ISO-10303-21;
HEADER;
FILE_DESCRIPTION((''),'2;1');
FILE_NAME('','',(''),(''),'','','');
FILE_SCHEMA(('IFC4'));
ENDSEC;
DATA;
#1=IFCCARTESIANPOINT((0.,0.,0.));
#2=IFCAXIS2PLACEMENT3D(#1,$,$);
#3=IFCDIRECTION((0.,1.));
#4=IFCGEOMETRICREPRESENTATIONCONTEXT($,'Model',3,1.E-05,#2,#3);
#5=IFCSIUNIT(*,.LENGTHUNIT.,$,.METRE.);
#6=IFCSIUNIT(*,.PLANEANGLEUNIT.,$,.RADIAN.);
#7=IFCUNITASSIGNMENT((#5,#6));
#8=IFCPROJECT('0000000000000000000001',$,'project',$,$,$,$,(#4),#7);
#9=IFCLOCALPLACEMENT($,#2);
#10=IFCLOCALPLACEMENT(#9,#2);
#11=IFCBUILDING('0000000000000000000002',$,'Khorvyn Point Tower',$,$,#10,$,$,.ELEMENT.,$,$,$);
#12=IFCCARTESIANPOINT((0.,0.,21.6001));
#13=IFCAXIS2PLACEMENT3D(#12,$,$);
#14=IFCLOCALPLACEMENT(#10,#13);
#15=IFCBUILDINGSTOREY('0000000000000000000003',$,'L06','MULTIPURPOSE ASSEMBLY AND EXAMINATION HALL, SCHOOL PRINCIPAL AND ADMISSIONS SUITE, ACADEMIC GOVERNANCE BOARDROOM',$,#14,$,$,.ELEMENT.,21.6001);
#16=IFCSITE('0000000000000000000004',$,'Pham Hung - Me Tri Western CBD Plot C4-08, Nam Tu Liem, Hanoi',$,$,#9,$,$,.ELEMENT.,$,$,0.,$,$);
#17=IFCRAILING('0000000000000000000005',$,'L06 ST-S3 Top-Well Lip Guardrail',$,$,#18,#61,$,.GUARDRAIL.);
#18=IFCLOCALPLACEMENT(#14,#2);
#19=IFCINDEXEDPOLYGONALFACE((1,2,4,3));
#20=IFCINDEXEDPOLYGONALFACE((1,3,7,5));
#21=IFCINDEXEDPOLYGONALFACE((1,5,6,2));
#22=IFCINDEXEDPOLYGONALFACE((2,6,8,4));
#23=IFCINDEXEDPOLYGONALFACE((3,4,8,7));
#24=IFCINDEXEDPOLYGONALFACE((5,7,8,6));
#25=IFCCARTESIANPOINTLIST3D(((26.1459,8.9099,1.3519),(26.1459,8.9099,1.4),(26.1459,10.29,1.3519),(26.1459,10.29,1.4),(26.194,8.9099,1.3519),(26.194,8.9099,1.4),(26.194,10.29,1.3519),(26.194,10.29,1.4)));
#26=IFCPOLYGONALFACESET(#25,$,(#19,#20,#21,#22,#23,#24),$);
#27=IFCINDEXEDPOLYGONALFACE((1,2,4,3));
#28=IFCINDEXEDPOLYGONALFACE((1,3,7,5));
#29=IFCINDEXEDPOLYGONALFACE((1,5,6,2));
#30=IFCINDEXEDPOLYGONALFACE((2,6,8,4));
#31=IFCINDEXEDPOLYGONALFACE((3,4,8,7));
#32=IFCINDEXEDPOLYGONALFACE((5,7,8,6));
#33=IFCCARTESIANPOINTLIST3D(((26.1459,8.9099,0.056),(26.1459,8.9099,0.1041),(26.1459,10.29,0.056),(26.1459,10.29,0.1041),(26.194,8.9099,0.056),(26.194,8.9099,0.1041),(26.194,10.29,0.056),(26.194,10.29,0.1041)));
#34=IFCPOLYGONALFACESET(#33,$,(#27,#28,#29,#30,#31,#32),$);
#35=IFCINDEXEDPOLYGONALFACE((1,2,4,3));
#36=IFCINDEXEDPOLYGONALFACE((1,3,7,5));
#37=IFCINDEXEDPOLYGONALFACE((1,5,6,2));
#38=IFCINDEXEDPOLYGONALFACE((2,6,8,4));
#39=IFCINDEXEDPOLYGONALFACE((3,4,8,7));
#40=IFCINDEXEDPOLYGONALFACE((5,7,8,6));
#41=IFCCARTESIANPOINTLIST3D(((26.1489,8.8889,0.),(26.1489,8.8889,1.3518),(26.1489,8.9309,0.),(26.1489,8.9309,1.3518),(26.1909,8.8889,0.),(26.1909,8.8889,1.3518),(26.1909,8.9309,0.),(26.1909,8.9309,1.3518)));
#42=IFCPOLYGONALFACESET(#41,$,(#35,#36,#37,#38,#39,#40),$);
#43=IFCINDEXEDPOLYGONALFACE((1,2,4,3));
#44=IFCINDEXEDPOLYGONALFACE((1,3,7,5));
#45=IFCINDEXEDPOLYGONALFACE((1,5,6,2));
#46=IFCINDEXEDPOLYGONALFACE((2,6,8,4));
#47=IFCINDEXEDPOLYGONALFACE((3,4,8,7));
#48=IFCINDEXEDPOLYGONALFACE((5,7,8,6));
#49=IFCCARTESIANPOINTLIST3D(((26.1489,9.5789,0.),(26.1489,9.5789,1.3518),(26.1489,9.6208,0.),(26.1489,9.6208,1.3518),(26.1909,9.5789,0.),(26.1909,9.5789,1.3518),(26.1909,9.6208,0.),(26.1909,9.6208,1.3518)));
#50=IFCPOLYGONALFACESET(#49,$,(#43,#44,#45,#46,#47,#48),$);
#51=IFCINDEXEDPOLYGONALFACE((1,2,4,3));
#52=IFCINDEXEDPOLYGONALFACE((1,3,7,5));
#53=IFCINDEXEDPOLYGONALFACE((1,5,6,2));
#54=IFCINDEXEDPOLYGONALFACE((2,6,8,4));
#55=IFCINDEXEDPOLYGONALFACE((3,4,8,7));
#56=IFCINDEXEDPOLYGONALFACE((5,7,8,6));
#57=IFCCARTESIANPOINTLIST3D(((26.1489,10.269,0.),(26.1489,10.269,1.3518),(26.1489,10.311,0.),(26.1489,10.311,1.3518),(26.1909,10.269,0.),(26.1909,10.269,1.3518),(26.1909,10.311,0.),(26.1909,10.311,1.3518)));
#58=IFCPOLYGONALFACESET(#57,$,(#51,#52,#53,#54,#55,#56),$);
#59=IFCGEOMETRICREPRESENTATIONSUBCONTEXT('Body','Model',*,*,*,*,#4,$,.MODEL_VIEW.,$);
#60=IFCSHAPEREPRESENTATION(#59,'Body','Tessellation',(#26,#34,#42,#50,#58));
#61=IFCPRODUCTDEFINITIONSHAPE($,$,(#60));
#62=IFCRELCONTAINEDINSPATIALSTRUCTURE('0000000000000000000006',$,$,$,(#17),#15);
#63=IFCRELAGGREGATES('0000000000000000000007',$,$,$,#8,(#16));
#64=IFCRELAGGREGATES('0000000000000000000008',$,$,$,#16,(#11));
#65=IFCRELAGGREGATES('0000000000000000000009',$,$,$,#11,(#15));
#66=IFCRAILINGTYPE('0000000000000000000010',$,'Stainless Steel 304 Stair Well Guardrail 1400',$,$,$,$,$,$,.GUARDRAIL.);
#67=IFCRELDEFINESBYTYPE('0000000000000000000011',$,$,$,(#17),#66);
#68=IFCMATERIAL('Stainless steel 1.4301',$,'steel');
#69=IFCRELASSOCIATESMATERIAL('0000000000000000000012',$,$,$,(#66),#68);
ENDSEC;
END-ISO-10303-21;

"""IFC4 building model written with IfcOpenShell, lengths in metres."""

from ifc_helpers import new_model, si_unit, direction, frame, origin, origin_2d, place, context, subcontext, project, spatial, rectangle, extrude, material, type_object, element, save


model = new_model("IFC4")

# Units and contexts
model_context = context("Model", 3, precision=1e-05, world=origin(), true_north=direction((0.0, 1.0)))
body_context = subcontext(model_context, "Body", "Model", "MODEL_VIEW")
ifc_project = project(units=[si_unit("LENGTHUNIT", "METRE"), si_unit("PLANEANGLEUNIT", "RADIAN")], contexts=[model_context])

# Site, building, storey
site_placement = place(None, origin())
site = spatial("IfcSite", under=ifc_project, at=site_placement, Name="Pham Hung - Me Tri Western CBD Plot C4-08, Nam Tu Liem, Hanoi", CompositionType="ELEMENT", RefElevation=0.0)
building_placement = place(site_placement, origin())
building = spatial("IfcBuilding", under=site, at=building_placement, Name="Khorvyn Point Tower", CompositionType="ELEMENT")
storey_placement = place(building_placement, frame((0.0, 0.0, 21.6001)))
storey = spatial("IfcBuildingStorey", under=building, at=storey_placement, Name="L06", Description="MULTIPURPOSE ASSEMBLY AND EXAMINATION HALL, SCHOOL PRINCIPAL AND ADMISSIONS SUITE, ACADEMIC GOVERNANCE BOARDROOM", CompositionType="ELEMENT", Elevation=21.6001)

# Railing
ifc_material_1 = material(Name="Stainless steel 1.4301", Category="steel")
railing_type_1 = type_object("IfcRailingType", Name="Stainless Steel 304 Stair Well Guardrail 1400", PredefinedType="GUARDRAIL", material=ifc_material_1)
railing_1_placement = place(storey_placement, frame((26.1699, 8.9099, 0.0)))
element("IfcRailing", 1, at=railing_1_placement, inside=storey, type_object=railing_type_1, Name="L06 ST-S3 Top-Well Lip Guardrail", PredefinedType="GUARDRAIL", context=body_context, shape_type="SweptSolid", body=[
    extrude(rectangle(XDim=0.0481, YDim=0.0481, at=origin_2d()), frame((0.0, 0.0, 1.376), z_axis=(0.0, 1.0, 0.0), x_axis=(-1.0, 0.0, 0.0)), (0.0, 0.0, 1.0), 1.3801),
    extrude(rectangle(XDim=0.0481, YDim=0.0481, at=origin_2d()), frame((0.0, 0.0, 0.0801), z_axis=(0.0, 1.0, 0.0), x_axis=(-1.0, 0.0, 0.0)), (0.0, 0.0, 1.0), 1.3801),
    extrude(rectangle(XDim=0.042, YDim=0.042, at=origin_2d()), origin(), (0.0, 0.0, 1.0), 1.3518),
    extrude(rectangle(XDim=0.042, YDim=0.042, at=origin_2d()), frame((0.0, 0.6899, 0.0)), (0.0, 0.0, 1.0), 1.3518),
    extrude(rectangle(XDim=0.042, YDim=0.042, at=origin_2d()), frame((0.0, 1.3801, 0.0)), (0.0, 0.0, 1.0), 1.3518),
])

save(model, "model.ifc")
